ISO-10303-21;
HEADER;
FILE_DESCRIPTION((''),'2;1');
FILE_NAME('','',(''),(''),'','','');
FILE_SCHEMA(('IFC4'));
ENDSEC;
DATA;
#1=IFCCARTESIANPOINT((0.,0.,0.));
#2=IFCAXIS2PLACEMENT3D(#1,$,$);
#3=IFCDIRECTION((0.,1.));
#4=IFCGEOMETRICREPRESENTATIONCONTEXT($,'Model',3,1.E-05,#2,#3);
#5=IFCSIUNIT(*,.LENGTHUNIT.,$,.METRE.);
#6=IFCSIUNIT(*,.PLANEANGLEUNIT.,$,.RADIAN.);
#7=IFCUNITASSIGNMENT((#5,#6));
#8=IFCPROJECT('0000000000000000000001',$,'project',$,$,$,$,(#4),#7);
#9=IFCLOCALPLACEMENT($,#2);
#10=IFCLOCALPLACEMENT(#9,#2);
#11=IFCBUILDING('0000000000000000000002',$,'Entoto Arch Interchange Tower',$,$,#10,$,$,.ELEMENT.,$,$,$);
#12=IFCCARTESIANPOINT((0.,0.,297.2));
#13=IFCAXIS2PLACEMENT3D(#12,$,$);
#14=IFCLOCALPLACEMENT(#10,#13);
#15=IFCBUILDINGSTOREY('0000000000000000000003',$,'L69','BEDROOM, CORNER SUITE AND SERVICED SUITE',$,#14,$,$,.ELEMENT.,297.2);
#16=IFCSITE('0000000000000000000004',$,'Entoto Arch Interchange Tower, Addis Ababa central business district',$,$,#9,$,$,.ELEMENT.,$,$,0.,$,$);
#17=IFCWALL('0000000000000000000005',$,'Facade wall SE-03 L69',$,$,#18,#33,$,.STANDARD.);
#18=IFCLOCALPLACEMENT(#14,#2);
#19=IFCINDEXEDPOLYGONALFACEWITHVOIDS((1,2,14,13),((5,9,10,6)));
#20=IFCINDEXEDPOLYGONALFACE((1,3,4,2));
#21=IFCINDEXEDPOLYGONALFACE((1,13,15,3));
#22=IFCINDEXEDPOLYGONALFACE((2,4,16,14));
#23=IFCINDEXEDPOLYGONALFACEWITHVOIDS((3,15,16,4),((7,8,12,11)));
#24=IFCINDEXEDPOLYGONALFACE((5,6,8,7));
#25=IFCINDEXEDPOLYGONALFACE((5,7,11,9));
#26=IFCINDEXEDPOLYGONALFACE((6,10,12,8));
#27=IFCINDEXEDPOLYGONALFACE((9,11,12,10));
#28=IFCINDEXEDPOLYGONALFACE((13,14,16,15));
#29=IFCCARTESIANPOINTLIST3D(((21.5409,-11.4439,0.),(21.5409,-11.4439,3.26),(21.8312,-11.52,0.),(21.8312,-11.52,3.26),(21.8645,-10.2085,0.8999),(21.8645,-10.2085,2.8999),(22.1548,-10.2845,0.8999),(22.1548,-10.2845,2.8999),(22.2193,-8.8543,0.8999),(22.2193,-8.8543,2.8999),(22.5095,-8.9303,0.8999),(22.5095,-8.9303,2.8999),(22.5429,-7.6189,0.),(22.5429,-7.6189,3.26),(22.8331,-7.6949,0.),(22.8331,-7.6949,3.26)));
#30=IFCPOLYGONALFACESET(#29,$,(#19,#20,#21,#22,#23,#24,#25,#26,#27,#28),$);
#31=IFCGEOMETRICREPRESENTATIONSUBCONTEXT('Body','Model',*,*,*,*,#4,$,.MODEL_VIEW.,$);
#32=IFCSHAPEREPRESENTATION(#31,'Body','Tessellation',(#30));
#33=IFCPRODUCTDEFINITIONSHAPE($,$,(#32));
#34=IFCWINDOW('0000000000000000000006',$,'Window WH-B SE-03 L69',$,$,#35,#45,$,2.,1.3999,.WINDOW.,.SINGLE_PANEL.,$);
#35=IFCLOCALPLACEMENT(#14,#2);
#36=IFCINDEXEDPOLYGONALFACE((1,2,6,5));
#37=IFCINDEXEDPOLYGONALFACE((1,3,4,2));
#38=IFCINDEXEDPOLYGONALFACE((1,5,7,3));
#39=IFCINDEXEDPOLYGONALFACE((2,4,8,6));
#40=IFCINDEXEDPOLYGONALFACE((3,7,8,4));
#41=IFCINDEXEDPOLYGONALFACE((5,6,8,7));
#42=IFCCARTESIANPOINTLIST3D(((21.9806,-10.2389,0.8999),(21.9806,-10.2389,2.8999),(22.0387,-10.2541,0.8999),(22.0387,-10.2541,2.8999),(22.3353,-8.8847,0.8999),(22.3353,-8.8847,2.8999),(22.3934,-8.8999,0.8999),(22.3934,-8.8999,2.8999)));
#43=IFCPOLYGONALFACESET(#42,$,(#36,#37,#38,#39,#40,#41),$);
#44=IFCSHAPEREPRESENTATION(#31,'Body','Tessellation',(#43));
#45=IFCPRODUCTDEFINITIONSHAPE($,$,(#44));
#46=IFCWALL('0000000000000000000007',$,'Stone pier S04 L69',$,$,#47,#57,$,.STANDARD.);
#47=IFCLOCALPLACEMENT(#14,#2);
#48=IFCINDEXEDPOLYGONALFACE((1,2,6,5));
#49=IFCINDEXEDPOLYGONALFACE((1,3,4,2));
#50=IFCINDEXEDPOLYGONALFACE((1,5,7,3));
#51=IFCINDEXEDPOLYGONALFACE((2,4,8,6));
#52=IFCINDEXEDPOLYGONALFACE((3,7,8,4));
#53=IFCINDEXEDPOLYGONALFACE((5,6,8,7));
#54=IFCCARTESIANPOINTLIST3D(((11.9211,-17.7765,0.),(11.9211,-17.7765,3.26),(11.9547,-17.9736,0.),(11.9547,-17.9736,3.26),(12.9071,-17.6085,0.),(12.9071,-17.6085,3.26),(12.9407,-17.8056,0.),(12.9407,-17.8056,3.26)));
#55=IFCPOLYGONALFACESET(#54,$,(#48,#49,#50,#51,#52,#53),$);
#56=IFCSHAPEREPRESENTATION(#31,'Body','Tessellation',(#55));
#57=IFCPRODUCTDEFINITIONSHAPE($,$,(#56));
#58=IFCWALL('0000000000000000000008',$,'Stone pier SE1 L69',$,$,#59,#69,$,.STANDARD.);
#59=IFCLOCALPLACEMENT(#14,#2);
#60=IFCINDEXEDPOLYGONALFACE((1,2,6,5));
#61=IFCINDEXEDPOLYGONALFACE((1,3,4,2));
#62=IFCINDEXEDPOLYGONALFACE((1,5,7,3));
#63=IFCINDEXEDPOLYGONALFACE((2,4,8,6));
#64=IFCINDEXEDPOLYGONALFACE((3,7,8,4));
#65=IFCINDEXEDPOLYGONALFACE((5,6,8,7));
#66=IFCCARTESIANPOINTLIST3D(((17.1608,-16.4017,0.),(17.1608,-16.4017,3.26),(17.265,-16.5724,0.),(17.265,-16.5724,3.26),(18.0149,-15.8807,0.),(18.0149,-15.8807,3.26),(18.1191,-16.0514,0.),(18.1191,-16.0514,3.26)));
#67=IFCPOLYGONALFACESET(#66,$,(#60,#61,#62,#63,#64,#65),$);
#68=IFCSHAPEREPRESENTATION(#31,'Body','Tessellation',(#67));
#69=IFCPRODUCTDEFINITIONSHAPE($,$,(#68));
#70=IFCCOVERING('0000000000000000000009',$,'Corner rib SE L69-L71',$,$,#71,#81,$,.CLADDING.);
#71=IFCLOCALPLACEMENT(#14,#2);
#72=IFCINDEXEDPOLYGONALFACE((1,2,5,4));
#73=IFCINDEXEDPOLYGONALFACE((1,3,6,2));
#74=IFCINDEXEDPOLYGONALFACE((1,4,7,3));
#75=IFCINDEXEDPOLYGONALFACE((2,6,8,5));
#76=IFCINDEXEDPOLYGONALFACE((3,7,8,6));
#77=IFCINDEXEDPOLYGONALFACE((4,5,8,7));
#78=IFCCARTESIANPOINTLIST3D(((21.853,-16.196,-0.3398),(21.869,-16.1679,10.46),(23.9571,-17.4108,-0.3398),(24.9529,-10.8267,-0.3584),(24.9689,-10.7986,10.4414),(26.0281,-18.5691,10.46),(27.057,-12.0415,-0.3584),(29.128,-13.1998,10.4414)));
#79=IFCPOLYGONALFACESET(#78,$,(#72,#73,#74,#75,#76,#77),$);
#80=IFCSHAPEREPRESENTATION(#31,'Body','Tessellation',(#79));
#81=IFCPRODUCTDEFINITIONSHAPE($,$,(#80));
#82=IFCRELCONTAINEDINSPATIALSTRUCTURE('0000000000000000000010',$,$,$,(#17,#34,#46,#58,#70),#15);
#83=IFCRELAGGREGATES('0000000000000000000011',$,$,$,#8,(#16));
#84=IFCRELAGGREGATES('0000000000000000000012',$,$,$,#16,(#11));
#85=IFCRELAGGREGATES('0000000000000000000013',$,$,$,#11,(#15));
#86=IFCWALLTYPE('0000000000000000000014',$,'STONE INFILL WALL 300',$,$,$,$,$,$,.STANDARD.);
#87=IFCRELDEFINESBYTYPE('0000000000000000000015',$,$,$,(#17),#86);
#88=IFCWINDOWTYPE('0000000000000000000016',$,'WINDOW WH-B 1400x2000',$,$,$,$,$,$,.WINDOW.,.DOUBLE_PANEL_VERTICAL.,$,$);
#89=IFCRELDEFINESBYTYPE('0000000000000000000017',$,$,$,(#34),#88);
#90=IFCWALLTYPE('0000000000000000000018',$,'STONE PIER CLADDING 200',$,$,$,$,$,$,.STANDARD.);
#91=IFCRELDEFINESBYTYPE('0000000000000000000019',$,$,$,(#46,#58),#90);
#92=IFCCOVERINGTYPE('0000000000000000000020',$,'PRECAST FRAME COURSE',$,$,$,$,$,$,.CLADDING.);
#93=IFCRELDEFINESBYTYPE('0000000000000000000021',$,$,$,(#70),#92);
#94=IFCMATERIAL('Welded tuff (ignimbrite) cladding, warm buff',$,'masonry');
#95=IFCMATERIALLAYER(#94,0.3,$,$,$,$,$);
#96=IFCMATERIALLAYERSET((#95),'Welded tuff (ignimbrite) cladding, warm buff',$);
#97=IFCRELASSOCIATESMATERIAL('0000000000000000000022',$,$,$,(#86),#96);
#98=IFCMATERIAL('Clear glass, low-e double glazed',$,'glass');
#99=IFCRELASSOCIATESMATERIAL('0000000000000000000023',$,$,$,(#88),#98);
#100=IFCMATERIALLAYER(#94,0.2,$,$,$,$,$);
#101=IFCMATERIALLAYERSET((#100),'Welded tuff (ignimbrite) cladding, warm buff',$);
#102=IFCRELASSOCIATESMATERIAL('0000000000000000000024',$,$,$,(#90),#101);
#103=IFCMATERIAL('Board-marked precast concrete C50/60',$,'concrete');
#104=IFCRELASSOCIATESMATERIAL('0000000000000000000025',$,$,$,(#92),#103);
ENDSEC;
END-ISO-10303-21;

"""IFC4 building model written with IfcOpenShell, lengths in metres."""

from ifc_helpers import new_model, si_unit, direction, frame, frame_2d, origin, place, context, subcontext, project, spatial, polyline, rectangle, outline, extrude, material, layer, layer_set, type_object, element, fill, save


model = new_model("IFC4")

# Units and contexts
model_context = context("Model", 3, precision=1e-05, world=origin(), true_north=direction((0.0, 1.0)))
body_context = subcontext(model_context, "Body", "Model", "MODEL_VIEW")
ifc_project = project(units=[si_unit("LENGTHUNIT", "METRE"), si_unit("PLANEANGLEUNIT", "RADIAN")], contexts=[model_context])

# Site, building, storey
site_placement = place(None, origin())
site = spatial("IfcSite", under=ifc_project, at=site_placement, Name="Entoto Arch Interchange Tower, Addis Ababa central business district", CompositionType="ELEMENT", RefElevation=0.0)
building_placement = place(site_placement, origin())
building = spatial("IfcBuilding", under=site, at=building_placement, Name="Entoto Arch Interchange Tower", CompositionType="ELEMENT")
storey_placement = place(building_placement, frame((0.0, 0.0, 297.2)))
storey = spatial("IfcBuildingStorey", under=building, at=storey_placement, Name="L69", Description="BEDROOM, CORNER SUITE AND SERVICED SUITE", CompositionType="ELEMENT", Elevation=297.2)

# Wall, opening, window
ifc_material_1 = material(Name="Welded tuff (ignimbrite) cladding, warm buff", Category="masonry")
ifc_layer_1 = layer(ifc_material_1, 0.3)
ifc_layer_set_1 = layer_set([ifc_layer_1], Name="Welded tuff (ignimbrite) cladding, warm buff")
wall_type_1 = type_object("IfcWallType", Name="STONE INFILL WALL 300", PredefinedType="STANDARD", material=ifc_layer_set_1)
ifc_material_2 = material(Name="Clear glass, low-e double glazed", Category="glass")
window_type = type_object("IfcWindowType", Name="WINDOW WH-B 1400x2000", PartitioningType="DOUBLE_PANEL_VERTICAL", PredefinedType="WINDOW", material=ifc_material_2)
wall_1_placement = place(storey_placement, frame((21.686, -11.4819, 0.0), z_axis=(0.0, 0.0, 1.0), x_axis=(0.253402, 0.967361, 0.0)))
wall_1 = element("IfcWall", 1, at=wall_1_placement, inside=storey, type_object=wall_type_1, Name="Facade wall SE-03 L69", PredefinedType="STANDARD", context=body_context, shape_type="SweptSolid", body=[
    extrude(rectangle(XDim=3.9541, YDim=0.3, at=frame_2d((1.9771, 0.0))), origin(), (0.0, 0.0, 1.0), 3.26),
])
opening_1_placement = place(wall_1_placement, frame((1.2771, 0.0, 0.8999)))
opening_1 = element("IfcOpeningElement", 2, at=opening_1_placement, cuts=wall_1, PredefinedType="OPENING", context=body_context, shape_type="SweptSolid", body=[
    extrude(rectangle(XDim=1.3999, YDim=2.0, at=frame_2d((0.7, 1.0))), frame((0.0, 0.1602, 0.0), z_axis=(0.0, -1.0, 0.0), x_axis=(1.0, 0.0, 0.0)), (0.0, 0.0, 1.0), 0.3201),
])
window_1_placement = place(opening_1_placement, origin())
window_1 = element("IfcWindow", 3, at=window_1_placement, inside=storey, type_object=window_type, Name="Window WH-B SE-03 L69", OverallHeight=2.0, OverallWidth=1.3999, PartitioningType="SINGLE_PANEL", PredefinedType="WINDOW", context=body_context, shape_type="SweptSolid", body=[
    extrude(rectangle(XDim=1.3999, YDim=2.0, at=frame_2d((0.7, 1.0))), frame((0.0, 0.03, 0.0), z_axis=(0.0, -1.0, 0.0), x_axis=(1.0, 0.0, 0.0)), (0.0, 0.0, 1.0), 0.0601),
])
fill(opening_1, window_1)

# Walls
ifc_layer_2 = layer(ifc_material_1, 0.2)
ifc_layer_set_2 = layer_set([ifc_layer_2], Name="Welded tuff (ignimbrite) cladding, warm buff")
wall_type_2 = type_object("IfcWallType", Name="STONE PIER CLADDING 200", PredefinedType="STANDARD", material=ifc_layer_set_2)
wall_2_placement = place(storey_placement, frame((11.938, -17.875, 0.0), z_axis=(0.0, 0.0, 1.0), x_axis=(0.985801, 0.16792, 0.0)))
element("IfcWall", 4, at=wall_2_placement, inside=storey, type_object=wall_type_2, Name="Stone pier S04 L69", PredefinedType="STANDARD", context=body_context, shape_type="SweptSolid", body=[
    extrude(rectangle(XDim=1.0002, YDim=0.2, at=frame_2d((0.5, 0.0))), origin(), (0.0, 0.0, 1.0), 3.26),
])
wall_3_placement = place(storey_placement, frame((17.2129, -16.4871, 0.0), z_axis=(0.0, 0.0, 1.0), x_axis=(0.85368, 0.520798, 0.0)))
element("IfcWall", 5, at=wall_3_placement, inside=storey, type_object=wall_type_2, Name="Stone pier SE1 L69", PredefinedType="STANDARD", context=body_context, shape_type="SweptSolid", body=[
    extrude(rectangle(XDim=1.0005, YDim=0.2, at=frame_2d((0.5002, 0.0))), origin(), (0.0, 0.0, 1.0), 3.26),
])

# Covering
ifc_material_3 = material(Name="Board-marked precast concrete C50/60", Category="concrete")
covering_type = type_object("IfcCoveringType", Name="PRECAST FRAME COURSE", PredefinedType="CLADDING", material=ifc_material_3)
covering_placement = place(storey_placement, frame((21.853, -16.196, -0.3398), z_axis=(-0.499989, -0.866027, 0.002996), x_axis=(0.86603, -0.499991, 0.0)))
element("IfcCovering", 6, at=covering_placement, inside=storey, type_object=covering_type, Name="Corner rib SE L69-L71", PredefinedType="CLADDING", context=body_context, shape_type="SweptSolid", body=[
    extrude(outline(polyline([(0.0, 0.0), (2.4295, 0.0), (4.8022, 10.7999), (-0.0003, 10.7999), (0.0, 0.0)])), origin(), (0.0, 0.0, -1.0), 6.2),
])

save(model, "model.ifc")
